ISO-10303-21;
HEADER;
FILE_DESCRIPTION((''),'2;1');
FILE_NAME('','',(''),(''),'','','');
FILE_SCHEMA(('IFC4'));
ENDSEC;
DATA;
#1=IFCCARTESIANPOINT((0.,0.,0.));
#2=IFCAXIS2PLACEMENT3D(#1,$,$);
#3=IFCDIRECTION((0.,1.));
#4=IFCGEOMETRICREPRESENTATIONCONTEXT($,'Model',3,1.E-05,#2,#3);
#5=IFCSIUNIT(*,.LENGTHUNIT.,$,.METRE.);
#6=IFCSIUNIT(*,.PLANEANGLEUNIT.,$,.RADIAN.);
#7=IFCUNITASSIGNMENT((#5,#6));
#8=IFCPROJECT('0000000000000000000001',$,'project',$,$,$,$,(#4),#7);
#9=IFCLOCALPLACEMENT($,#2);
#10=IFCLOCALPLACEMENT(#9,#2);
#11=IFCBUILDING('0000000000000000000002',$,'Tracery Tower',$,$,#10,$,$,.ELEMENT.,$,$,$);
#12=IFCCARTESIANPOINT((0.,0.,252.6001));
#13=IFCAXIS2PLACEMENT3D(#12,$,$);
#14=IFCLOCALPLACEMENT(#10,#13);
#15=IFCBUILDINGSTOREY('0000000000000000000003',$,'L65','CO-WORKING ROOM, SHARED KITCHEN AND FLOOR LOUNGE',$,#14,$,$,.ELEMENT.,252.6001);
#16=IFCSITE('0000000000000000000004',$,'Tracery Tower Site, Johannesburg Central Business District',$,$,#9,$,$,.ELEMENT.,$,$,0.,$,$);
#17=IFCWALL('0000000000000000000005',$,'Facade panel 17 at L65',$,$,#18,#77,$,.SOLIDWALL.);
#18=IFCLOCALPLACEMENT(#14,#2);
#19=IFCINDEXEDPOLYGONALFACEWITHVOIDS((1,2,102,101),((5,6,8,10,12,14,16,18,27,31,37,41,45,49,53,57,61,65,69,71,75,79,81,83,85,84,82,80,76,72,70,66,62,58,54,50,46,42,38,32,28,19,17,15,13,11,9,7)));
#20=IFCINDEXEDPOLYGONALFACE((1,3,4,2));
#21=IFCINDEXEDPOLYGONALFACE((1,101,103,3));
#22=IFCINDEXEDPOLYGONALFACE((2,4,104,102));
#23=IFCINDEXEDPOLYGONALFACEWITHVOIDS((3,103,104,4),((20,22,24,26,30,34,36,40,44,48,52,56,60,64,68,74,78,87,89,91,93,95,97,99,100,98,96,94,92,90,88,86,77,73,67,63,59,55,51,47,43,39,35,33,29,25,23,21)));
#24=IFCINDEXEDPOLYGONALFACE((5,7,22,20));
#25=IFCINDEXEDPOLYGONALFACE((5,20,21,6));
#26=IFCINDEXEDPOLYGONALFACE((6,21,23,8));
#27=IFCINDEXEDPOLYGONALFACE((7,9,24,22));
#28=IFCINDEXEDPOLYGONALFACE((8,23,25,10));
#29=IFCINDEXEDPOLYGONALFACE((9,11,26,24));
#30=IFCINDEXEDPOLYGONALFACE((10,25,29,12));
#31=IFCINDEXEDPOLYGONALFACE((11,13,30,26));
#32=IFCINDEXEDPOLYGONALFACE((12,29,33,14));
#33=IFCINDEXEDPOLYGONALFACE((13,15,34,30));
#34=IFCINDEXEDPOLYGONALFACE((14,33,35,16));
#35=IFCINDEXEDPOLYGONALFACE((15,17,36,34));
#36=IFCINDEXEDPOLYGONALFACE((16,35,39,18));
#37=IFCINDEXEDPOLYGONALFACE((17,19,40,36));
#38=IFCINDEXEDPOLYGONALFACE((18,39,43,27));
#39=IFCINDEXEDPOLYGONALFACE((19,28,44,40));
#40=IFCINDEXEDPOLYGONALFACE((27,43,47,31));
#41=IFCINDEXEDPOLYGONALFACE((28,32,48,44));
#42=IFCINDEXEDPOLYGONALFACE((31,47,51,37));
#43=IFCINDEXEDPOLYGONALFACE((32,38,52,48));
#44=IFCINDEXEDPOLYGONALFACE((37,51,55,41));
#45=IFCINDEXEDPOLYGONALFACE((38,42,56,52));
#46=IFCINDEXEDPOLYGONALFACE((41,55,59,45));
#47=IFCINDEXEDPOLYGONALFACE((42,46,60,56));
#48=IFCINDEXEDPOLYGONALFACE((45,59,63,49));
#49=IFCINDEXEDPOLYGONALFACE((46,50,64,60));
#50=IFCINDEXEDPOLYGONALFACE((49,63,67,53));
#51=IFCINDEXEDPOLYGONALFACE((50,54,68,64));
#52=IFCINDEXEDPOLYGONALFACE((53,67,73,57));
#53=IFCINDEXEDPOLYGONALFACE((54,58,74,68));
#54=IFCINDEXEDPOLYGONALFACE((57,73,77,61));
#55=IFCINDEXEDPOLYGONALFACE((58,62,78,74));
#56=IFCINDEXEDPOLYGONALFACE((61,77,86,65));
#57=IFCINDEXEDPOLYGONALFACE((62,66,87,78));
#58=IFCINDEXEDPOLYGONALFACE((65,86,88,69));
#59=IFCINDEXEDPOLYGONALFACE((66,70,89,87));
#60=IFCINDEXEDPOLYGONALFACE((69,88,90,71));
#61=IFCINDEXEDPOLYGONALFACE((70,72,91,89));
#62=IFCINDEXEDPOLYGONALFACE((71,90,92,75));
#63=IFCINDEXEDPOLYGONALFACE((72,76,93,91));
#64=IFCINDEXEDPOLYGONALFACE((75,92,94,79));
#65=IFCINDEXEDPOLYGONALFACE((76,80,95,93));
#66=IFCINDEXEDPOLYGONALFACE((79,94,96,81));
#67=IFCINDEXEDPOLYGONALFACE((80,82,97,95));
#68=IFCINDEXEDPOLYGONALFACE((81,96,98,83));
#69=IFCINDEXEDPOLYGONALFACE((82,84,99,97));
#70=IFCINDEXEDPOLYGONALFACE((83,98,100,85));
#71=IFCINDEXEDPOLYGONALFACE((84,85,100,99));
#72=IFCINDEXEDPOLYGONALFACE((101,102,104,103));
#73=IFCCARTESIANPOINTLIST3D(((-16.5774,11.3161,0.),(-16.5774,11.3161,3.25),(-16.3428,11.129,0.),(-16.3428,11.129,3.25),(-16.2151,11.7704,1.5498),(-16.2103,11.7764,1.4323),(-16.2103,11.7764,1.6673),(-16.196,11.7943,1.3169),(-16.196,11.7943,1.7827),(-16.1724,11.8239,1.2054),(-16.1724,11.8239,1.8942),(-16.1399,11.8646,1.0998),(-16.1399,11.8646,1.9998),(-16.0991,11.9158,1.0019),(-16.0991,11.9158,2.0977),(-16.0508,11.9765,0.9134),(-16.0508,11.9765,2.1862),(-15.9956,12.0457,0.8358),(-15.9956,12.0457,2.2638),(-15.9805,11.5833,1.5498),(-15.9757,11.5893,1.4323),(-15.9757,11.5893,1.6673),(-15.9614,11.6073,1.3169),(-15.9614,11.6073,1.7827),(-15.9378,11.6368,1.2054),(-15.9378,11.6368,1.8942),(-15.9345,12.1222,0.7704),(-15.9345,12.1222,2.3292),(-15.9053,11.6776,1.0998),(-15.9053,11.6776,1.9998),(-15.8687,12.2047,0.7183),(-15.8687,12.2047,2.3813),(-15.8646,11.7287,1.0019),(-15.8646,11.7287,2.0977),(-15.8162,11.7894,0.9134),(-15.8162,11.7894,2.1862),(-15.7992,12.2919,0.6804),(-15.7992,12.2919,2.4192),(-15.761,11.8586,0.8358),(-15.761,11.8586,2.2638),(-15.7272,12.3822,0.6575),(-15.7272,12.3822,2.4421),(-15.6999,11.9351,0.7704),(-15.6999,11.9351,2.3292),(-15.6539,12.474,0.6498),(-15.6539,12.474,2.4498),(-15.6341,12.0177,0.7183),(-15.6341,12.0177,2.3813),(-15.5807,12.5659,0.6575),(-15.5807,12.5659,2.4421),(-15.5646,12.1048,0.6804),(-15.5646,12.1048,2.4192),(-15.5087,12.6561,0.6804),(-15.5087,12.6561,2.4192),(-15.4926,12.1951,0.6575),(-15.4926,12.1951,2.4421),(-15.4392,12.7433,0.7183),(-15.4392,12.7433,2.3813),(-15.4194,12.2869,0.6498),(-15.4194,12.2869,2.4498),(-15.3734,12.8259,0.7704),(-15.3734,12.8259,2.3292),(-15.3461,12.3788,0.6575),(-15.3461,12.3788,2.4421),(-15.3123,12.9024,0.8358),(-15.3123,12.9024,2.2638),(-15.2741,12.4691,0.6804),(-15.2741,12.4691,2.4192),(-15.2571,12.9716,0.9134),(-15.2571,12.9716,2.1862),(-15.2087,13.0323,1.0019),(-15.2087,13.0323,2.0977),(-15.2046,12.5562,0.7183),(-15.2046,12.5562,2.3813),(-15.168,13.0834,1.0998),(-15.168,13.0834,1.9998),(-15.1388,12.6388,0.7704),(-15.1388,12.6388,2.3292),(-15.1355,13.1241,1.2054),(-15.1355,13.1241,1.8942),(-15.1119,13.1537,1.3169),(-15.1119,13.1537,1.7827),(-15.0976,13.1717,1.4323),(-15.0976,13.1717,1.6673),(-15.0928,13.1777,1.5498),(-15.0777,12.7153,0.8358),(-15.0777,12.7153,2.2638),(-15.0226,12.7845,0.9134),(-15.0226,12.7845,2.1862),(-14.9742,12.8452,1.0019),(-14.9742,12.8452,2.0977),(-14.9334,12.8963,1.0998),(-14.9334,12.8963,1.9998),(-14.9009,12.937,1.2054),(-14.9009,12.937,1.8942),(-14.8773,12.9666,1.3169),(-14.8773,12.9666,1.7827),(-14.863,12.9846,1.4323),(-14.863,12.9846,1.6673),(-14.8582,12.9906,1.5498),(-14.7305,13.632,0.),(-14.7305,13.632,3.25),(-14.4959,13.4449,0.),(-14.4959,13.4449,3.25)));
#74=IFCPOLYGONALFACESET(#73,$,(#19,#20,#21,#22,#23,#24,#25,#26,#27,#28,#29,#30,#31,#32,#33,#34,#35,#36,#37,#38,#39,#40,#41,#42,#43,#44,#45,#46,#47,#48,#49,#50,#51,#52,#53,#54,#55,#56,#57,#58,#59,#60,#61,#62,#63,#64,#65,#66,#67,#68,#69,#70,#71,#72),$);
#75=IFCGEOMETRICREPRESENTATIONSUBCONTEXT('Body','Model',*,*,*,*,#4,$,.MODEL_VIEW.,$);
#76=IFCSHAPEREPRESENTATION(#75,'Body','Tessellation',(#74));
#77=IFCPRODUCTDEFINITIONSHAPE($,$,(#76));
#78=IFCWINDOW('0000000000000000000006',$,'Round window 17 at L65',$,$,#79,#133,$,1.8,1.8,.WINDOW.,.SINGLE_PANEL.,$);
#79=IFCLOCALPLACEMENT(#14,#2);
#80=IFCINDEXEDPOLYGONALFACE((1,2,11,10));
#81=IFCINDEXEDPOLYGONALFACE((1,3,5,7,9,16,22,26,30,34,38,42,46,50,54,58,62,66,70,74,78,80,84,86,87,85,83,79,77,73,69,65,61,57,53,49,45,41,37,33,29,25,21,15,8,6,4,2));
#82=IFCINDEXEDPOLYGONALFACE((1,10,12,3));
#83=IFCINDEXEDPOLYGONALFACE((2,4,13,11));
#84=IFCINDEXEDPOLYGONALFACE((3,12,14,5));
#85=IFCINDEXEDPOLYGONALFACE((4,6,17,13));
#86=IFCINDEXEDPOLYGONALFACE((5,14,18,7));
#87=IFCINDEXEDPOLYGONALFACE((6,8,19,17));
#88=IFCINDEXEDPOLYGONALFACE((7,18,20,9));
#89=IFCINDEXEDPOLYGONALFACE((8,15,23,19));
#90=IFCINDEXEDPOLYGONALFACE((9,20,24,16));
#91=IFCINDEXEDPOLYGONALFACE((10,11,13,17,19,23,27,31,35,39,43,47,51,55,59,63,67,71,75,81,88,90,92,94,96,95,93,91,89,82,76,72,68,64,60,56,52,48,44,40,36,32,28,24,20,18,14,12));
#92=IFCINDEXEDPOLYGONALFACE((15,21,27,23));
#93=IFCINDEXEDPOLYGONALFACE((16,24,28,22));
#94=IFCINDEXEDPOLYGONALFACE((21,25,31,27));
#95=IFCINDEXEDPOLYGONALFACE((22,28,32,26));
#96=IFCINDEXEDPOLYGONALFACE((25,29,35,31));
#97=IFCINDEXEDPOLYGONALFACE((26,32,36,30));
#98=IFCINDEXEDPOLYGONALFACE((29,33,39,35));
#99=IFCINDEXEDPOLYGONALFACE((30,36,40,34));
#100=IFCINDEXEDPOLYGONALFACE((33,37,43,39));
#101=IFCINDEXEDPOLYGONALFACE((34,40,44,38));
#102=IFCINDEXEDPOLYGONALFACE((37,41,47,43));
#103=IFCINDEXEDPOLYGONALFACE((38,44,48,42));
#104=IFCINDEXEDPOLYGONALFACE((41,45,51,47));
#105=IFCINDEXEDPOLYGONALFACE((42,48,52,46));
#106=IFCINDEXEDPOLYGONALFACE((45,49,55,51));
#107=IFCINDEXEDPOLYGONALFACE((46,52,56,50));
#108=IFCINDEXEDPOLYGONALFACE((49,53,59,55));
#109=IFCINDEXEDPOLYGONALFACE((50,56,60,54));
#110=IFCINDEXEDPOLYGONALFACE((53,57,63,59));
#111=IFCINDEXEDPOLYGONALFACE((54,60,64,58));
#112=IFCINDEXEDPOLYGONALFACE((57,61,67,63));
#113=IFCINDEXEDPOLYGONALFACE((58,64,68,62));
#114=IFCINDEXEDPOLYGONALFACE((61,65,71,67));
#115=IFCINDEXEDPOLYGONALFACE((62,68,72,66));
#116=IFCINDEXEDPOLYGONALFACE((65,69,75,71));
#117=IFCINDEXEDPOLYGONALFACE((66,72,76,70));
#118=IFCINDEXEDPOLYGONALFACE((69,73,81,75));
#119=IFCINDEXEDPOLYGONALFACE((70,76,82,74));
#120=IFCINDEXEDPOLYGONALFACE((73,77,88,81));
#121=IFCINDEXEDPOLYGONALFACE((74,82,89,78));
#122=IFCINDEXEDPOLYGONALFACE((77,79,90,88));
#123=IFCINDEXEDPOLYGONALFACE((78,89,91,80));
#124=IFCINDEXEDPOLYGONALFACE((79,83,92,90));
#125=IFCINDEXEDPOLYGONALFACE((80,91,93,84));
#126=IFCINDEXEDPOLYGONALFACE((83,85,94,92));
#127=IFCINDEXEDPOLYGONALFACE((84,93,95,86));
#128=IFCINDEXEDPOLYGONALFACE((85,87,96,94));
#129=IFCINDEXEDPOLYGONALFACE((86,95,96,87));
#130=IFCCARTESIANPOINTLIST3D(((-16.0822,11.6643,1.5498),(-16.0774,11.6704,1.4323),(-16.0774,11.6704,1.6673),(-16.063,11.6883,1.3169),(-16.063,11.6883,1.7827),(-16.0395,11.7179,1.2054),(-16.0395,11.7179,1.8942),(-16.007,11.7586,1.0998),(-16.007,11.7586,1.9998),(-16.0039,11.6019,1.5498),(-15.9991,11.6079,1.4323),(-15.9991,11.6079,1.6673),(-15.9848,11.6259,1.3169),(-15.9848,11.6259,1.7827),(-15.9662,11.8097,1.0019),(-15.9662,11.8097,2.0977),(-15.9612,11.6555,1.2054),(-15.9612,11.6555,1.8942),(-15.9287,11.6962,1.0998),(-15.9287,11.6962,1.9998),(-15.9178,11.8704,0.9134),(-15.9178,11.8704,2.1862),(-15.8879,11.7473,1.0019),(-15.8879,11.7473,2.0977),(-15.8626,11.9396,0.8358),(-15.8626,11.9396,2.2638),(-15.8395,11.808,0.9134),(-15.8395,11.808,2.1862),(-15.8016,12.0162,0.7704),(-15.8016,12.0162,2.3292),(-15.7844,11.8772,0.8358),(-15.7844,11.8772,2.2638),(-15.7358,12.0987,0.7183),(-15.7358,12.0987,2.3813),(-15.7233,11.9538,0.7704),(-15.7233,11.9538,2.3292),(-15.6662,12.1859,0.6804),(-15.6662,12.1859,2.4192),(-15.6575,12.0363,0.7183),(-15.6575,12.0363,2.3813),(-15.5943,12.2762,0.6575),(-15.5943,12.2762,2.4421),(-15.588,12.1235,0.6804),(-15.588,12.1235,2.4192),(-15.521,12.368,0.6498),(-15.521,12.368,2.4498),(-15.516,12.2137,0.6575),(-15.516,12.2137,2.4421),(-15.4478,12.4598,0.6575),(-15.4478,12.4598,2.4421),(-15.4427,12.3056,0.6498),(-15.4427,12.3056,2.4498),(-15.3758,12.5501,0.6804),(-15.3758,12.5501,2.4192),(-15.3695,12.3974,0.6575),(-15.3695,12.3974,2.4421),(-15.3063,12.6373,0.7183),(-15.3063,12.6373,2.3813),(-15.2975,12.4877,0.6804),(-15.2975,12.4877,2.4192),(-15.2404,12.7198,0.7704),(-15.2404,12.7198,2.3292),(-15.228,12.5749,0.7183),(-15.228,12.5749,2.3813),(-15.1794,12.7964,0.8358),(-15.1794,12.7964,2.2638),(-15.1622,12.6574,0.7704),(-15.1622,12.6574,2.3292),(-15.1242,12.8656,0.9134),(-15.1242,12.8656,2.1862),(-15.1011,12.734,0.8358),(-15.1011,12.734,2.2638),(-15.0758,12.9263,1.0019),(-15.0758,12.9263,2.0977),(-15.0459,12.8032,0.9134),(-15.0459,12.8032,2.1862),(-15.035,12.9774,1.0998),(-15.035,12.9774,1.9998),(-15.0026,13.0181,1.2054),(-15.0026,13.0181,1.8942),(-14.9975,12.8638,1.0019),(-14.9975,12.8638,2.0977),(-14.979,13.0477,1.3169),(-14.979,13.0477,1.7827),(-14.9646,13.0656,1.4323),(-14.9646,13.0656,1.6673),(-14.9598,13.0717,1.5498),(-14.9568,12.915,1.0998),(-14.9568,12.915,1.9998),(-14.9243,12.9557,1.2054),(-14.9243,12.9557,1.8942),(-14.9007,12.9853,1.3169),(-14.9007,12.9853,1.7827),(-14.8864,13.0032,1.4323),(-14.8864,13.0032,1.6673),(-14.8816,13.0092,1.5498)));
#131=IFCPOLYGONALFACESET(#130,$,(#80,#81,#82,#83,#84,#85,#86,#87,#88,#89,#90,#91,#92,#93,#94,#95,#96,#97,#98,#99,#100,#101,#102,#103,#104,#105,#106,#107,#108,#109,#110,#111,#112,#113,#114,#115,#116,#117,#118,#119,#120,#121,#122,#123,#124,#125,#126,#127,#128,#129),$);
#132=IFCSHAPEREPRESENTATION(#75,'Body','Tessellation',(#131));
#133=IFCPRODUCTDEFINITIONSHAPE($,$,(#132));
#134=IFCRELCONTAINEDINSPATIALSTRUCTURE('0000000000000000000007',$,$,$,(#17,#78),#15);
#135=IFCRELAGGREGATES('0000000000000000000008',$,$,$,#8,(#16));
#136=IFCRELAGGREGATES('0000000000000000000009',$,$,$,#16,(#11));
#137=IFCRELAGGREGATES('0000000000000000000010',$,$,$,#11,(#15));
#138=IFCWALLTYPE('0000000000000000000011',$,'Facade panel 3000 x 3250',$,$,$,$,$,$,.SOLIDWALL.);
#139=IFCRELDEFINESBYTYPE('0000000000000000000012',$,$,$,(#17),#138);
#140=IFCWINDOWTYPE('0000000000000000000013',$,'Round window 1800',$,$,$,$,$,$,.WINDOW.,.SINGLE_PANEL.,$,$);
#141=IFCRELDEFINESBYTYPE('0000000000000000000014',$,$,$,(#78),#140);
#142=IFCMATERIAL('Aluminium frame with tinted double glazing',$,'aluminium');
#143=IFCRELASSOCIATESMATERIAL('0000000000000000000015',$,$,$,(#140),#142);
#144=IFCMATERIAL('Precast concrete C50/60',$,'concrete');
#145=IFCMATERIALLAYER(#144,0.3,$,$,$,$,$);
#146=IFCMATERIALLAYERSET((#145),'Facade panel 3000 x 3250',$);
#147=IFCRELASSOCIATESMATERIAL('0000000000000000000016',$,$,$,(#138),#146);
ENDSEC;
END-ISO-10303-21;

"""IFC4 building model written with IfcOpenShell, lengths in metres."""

from ifc_helpers import new_model, si_unit, direction, frame, frame_2d, origin, origin_2d, place, context, subcontext, project, spatial, rectangle, circle, extrude, material, layer, layer_set, type_object, element, fill, save


model = new_model("IFC4")

# Units and contexts
model_context = context("Model", 3, precision=1e-05, world=origin(), true_north=direction((0.0, 1.0)))
body_context = subcontext(model_context, "Body", "Model", "MODEL_VIEW")
ifc_project = project(units=[si_unit("LENGTHUNIT", "METRE"), si_unit("PLANEANGLEUNIT", "RADIAN")], contexts=[model_context])

# Site, building, storey
site_placement = place(None, origin())
site = spatial("IfcSite", under=ifc_project, at=site_placement, Name="Tracery Tower Site, Johannesburg Central Business District", CompositionType="ELEMENT", RefElevation=0.0)
building_placement = place(site_placement, origin())
building = spatial("IfcBuilding", under=site, at=building_placement, Name="Tracery Tower", CompositionType="ELEMENT")
storey_placement = place(building_placement, frame((0.0, 0.0, 252.6001)))
storey = spatial("IfcBuildingStorey", under=building, at=storey_placement, Name="L65", Description="CO-WORKING ROOM, SHARED KITCHEN AND FLOOR LOUNGE", CompositionType="ELEMENT", Elevation=252.6001)

# Wall, opening, window
ifc_material_1 = material(Name="Aluminium frame with tinted double glazing", Category="aluminium")
window_type = type_object("IfcWindowType", Name="Round window 1800", PartitioningType="SINGLE_PANEL", PredefinedType="WINDOW", material=ifc_material_1)
ifc_material_2 = material(Name="Precast concrete C50/60", Category="concrete")
ifc_layer_1 = layer(ifc_material_2, 0.3)
ifc_layer_set_1 = layer_set([ifc_layer_1], Name="Facade panel 3000 x 3250")
wall_type_1 = type_object("IfcWallType", Name="Facade panel 3000 x 3250", PredefinedType="SOLIDWALL", material=ifc_layer_set_1)
wall_1_placement = place(storey_placement, frame((-14.6133, 13.5383, 0.0), z_axis=(0.0, 0.0, 1.0), x_axis=(-0.623498, -0.781825, 0.0)))
wall_1 = element("IfcWall", 1, at=wall_1_placement, inside=storey, type_object=wall_type_1, Name="Facade panel 17 at L65", PredefinedType="SOLIDWALL", context=body_context, shape_type="SweptSolid", body=[
    extrude(rectangle(XDim=2.9622, YDim=0.3, at=frame_2d((1.481, 0.0))), origin(), (0.0, 0.0, 1.0), 3.25),
])
opening_1_placement = place(wall_1_placement, frame((1.481, 0.0, 1.5498)))
opening_1 = element("IfcOpeningElement", 2, at=opening_1_placement, cuts=wall_1, PredefinedType="OPENING", context=body_context, shape_type="SweptSolid", body=[
    extrude(circle(Radius=0.9, at=origin_2d()), frame((0.0, 0.1599, 0.0), z_axis=(0.0, -1.0, 0.0), x_axis=(1.0, 0.0, 0.0)), (0.0, 0.0, 1.0), 0.3201),
])
window_1_placement = place(opening_1_placement, origin())
window_1 = element("IfcWindow", 3, at=window_1_placement, inside=storey, type_object=window_type, Name="Round window 17 at L65", OverallHeight=1.8, OverallWidth=1.8, PartitioningType="SINGLE_PANEL", PredefinedType="WINDOW", context=body_context, shape_type="SweptSolid", body=[
    extrude(circle(Radius=0.9, at=origin_2d()), frame((0.0, 0.1201, 0.0), z_axis=(0.0, -1.0, 0.0), x_axis=(1.0, 0.0, 0.0)), (0.0, 0.0, 1.0), 0.1001),
])
fill(opening_1, window_1)

save(model, "model.ifc")
